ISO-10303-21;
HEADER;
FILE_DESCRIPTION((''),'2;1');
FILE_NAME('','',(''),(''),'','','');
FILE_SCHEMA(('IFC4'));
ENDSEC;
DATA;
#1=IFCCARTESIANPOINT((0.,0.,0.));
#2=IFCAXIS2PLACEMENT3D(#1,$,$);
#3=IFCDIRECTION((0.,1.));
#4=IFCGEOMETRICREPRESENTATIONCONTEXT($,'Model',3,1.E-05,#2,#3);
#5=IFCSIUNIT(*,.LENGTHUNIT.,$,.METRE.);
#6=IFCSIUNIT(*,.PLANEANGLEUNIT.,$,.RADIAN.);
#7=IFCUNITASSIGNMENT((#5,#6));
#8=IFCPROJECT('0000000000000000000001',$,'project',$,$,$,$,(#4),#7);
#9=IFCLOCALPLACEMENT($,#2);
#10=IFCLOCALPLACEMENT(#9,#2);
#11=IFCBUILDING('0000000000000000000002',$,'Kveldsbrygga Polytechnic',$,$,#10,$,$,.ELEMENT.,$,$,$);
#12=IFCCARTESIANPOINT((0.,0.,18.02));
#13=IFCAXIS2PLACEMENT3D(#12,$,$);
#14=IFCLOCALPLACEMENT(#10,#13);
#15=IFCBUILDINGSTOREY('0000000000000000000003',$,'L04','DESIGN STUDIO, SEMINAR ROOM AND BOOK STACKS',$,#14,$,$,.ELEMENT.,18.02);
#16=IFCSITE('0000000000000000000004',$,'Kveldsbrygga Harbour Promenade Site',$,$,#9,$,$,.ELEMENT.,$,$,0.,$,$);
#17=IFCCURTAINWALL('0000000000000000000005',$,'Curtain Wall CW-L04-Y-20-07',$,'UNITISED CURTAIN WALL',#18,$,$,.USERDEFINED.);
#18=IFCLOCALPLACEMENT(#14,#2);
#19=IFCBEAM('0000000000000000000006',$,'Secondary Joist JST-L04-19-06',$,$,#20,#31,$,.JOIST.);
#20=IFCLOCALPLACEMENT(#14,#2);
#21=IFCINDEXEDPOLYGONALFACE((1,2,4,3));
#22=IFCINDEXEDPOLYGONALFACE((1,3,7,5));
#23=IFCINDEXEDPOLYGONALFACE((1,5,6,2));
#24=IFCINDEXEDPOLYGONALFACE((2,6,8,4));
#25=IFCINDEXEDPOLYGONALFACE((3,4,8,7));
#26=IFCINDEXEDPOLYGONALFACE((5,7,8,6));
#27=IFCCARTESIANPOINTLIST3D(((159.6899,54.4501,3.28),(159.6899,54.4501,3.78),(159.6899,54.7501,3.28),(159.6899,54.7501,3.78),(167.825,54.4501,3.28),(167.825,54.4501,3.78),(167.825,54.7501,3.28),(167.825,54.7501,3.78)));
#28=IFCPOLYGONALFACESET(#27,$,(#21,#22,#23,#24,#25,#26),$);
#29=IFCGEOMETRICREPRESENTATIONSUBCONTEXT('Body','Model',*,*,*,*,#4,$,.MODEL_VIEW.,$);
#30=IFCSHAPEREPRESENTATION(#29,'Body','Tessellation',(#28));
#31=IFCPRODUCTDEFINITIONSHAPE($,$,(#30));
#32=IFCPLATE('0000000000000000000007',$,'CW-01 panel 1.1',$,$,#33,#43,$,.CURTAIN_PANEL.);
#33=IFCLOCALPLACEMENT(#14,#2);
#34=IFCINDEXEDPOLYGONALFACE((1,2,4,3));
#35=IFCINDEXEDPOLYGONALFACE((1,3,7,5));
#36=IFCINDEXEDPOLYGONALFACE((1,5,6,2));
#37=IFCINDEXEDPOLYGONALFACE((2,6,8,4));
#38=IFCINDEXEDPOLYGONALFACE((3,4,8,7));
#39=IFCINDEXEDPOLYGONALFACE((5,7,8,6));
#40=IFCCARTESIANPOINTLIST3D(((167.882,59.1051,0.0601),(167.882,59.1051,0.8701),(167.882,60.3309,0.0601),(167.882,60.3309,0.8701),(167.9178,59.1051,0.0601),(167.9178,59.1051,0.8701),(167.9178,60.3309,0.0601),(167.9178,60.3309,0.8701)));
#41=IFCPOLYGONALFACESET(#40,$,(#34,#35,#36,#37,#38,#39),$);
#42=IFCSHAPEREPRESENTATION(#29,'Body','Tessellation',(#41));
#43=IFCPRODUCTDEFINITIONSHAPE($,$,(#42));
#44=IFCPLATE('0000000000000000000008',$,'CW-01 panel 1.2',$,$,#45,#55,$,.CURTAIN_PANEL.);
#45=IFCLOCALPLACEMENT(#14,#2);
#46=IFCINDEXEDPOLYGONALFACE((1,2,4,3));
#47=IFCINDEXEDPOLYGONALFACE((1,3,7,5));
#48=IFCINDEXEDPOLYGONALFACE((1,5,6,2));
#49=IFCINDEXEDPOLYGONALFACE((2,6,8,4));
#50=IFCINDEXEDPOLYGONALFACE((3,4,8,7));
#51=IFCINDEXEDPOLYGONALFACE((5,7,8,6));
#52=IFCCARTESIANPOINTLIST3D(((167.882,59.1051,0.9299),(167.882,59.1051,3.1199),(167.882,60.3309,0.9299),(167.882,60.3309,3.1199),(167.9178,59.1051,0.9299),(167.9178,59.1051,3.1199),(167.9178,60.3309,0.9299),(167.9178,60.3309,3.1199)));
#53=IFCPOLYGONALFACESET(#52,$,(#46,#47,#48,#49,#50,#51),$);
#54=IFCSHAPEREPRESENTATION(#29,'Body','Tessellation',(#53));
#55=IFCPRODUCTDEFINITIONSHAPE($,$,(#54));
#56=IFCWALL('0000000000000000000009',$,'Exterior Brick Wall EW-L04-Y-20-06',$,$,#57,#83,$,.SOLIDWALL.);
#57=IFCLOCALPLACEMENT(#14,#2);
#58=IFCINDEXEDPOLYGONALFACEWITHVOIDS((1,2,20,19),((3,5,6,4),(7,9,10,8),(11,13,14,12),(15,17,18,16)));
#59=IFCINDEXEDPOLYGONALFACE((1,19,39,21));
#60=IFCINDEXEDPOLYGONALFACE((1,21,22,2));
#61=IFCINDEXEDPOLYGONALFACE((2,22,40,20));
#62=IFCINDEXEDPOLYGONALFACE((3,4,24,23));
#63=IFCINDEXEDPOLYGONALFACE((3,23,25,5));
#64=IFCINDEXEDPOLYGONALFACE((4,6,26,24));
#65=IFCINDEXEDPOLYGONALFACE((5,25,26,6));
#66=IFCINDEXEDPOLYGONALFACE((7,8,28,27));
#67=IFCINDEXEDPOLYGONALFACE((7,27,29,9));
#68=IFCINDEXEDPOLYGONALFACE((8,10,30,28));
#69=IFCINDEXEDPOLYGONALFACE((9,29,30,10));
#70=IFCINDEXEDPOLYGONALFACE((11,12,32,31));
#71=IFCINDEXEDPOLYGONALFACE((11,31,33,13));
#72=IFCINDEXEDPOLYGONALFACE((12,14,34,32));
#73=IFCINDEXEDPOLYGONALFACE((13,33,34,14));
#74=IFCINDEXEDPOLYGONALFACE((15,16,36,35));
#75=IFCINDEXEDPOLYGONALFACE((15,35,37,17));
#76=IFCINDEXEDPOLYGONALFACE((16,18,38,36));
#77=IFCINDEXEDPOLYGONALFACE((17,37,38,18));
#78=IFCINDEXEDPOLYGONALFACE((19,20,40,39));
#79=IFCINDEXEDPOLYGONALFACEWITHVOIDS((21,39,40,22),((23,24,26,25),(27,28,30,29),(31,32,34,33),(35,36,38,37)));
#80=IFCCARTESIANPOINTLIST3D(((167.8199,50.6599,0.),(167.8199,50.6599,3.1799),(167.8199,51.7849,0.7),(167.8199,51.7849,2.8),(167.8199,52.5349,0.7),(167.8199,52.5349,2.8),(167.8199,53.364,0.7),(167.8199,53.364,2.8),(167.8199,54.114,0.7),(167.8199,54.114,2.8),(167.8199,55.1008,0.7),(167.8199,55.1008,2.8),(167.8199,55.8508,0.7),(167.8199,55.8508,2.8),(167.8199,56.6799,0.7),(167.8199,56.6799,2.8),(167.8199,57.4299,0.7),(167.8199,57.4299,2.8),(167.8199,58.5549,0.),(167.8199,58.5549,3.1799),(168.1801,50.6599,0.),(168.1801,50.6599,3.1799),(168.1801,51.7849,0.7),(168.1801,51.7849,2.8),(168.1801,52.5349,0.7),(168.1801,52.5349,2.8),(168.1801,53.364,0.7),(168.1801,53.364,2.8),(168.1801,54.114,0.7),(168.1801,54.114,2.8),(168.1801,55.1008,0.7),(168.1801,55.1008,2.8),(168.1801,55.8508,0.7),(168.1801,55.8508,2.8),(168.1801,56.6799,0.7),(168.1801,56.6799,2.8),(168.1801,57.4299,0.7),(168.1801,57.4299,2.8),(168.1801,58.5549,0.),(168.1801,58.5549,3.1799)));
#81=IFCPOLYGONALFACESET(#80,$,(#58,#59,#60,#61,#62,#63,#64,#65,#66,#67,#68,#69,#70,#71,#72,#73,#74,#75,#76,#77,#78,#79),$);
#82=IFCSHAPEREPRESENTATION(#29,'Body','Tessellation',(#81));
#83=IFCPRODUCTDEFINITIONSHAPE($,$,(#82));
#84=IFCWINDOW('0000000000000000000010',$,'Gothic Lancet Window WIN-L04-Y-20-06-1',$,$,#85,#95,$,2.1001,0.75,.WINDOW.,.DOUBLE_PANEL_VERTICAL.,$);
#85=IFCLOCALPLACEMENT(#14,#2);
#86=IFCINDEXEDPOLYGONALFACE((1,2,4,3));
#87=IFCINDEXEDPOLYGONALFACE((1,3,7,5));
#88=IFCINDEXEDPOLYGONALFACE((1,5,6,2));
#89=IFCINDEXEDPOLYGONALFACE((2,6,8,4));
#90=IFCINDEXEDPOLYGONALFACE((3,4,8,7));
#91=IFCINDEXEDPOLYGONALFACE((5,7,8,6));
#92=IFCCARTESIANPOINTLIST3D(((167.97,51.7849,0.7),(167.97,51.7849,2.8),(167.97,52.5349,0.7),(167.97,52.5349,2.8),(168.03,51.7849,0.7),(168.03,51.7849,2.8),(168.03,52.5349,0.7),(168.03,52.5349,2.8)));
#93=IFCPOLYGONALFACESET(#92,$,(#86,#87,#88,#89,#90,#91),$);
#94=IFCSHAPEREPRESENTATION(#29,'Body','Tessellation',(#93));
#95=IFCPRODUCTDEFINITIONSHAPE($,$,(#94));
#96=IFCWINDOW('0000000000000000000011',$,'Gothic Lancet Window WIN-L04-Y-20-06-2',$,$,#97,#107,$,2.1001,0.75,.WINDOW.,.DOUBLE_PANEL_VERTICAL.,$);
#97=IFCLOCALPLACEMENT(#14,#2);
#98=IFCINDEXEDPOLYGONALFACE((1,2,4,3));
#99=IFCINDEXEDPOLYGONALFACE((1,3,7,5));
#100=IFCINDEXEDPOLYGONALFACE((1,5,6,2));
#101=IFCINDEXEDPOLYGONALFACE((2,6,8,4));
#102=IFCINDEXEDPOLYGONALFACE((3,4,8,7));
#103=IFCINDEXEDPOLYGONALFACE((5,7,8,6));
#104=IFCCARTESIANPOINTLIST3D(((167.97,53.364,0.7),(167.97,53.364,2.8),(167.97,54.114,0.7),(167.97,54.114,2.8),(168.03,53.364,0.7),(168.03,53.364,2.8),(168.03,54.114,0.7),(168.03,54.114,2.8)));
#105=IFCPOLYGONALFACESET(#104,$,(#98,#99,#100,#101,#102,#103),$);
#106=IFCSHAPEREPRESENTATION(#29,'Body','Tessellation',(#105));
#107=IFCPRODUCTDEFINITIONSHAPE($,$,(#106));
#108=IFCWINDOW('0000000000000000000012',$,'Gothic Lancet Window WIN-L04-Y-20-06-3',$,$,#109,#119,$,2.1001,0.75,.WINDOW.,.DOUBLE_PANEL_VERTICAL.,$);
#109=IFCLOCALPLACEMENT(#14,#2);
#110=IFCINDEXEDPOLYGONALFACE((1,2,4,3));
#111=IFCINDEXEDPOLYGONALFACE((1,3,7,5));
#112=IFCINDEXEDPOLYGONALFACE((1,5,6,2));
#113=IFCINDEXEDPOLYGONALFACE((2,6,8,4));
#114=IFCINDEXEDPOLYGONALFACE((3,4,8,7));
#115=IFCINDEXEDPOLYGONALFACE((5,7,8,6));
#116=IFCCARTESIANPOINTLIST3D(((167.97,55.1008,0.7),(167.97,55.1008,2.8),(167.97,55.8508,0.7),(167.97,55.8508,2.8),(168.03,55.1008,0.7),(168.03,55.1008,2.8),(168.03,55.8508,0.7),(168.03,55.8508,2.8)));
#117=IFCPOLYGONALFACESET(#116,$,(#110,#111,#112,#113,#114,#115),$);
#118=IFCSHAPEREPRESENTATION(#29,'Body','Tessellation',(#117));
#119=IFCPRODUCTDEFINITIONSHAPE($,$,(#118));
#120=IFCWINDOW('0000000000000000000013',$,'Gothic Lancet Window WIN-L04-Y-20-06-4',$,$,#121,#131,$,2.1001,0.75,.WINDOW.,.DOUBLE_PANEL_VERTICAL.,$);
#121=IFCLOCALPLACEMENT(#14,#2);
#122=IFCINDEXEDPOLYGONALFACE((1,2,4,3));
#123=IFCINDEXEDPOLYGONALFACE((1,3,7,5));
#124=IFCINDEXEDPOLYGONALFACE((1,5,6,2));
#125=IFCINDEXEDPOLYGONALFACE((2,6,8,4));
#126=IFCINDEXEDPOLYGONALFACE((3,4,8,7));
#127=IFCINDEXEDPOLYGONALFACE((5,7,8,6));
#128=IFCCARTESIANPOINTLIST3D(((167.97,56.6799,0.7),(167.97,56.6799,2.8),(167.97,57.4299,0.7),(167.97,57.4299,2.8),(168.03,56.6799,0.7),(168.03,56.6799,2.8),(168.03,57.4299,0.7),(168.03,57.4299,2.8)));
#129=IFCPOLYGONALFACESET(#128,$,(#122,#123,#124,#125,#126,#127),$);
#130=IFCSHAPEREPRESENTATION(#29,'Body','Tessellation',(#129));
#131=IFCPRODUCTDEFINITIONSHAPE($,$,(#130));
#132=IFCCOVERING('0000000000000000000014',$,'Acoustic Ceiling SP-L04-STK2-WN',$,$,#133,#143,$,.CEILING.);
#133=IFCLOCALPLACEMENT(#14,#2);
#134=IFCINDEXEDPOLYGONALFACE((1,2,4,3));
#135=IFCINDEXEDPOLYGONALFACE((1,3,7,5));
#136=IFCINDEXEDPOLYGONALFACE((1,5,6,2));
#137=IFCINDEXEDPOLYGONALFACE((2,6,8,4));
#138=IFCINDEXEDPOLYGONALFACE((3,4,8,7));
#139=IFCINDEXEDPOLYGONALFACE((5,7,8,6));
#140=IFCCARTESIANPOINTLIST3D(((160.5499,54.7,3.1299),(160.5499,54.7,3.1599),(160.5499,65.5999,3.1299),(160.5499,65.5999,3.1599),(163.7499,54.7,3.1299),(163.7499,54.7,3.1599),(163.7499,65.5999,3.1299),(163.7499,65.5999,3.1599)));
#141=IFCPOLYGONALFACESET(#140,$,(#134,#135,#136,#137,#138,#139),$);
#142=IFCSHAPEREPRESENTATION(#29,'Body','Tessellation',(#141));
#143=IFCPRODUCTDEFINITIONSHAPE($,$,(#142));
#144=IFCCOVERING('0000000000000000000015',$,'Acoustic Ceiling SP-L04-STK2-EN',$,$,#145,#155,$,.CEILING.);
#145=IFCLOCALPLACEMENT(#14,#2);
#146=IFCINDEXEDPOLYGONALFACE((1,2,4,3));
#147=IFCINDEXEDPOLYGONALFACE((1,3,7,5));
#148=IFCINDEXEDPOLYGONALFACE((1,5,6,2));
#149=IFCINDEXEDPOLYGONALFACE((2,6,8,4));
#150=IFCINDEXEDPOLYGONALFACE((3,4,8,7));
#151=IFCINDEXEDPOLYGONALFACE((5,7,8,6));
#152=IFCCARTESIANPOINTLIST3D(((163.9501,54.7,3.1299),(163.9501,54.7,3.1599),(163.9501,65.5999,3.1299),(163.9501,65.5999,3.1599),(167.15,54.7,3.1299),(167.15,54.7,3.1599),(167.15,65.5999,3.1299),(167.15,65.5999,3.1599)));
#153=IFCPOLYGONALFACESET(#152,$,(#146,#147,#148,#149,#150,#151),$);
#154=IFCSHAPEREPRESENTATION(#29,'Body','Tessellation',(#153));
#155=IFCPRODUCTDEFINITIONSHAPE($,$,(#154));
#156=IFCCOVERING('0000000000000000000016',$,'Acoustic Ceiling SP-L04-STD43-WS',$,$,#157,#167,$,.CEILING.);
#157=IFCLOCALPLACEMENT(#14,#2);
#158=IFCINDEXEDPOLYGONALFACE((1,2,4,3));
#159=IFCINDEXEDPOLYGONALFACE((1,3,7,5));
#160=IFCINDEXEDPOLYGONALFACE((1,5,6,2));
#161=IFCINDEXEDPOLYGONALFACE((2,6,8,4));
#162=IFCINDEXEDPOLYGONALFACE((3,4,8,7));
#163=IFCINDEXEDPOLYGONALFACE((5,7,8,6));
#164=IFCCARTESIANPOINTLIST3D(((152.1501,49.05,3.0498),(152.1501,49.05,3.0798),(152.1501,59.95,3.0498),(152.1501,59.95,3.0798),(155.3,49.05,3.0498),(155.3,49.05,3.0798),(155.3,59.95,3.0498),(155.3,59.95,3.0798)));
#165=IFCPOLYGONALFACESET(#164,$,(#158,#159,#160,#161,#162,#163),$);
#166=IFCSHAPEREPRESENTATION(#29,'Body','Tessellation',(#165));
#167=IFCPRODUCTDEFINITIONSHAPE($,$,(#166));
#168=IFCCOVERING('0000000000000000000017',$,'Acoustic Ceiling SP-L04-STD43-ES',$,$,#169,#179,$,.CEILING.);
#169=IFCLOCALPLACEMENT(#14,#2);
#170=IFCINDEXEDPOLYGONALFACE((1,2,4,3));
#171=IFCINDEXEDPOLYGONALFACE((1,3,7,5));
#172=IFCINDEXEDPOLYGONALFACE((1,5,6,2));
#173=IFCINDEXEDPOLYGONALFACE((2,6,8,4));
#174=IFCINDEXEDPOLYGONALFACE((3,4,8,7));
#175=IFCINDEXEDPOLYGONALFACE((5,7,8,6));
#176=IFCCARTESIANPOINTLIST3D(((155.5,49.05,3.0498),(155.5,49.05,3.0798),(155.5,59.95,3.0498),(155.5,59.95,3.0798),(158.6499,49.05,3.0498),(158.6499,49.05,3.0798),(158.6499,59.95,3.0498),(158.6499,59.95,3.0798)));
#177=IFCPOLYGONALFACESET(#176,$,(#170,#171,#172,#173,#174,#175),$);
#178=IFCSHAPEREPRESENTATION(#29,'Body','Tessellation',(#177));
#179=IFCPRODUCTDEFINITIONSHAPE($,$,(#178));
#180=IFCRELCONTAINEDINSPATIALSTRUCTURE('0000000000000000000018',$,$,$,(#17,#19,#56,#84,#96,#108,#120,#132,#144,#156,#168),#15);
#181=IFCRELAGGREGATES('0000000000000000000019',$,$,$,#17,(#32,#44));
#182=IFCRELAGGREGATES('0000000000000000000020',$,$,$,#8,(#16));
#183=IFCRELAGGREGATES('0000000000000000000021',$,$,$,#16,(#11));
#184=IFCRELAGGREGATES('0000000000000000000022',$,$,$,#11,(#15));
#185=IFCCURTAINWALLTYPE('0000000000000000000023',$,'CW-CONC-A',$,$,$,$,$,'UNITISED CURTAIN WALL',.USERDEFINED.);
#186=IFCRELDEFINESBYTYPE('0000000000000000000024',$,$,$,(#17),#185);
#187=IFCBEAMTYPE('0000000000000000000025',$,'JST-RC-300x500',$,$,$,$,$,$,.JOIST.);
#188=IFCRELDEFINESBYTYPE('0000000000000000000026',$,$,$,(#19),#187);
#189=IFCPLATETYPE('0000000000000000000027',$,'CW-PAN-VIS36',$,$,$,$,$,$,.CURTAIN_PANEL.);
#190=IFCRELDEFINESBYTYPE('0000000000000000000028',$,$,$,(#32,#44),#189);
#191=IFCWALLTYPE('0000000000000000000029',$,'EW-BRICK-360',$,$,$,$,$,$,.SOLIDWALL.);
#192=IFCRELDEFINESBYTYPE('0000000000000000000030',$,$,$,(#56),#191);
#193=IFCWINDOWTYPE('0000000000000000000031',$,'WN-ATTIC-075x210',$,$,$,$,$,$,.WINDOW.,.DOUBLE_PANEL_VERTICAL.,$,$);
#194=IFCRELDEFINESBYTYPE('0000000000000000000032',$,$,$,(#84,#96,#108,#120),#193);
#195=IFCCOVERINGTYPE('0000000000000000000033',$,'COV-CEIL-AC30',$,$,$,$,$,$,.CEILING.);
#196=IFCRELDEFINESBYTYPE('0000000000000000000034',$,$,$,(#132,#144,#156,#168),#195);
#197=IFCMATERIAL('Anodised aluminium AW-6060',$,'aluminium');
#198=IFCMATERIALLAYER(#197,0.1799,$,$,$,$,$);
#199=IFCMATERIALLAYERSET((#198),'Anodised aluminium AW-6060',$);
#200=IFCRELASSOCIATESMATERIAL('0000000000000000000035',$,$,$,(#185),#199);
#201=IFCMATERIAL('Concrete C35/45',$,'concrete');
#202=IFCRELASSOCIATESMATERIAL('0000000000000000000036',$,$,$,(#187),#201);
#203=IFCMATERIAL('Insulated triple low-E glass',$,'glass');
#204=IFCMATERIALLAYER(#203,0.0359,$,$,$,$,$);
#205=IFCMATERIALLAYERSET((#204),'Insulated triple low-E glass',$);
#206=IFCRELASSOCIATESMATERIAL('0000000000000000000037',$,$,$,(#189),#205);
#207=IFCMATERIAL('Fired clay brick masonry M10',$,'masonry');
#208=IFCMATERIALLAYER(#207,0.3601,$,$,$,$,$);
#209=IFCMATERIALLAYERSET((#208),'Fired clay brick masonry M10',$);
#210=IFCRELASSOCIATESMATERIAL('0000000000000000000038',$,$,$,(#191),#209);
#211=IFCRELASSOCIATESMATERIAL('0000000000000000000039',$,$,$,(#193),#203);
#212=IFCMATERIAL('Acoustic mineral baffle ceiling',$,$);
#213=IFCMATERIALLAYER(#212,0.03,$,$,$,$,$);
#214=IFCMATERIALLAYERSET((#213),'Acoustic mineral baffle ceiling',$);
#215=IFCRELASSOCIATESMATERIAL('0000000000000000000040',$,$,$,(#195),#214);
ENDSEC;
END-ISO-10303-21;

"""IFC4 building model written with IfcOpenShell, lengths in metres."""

from ifc_helpers import new_model, si_unit, direction, frame, frame_2d, origin, origin_2d, place, context, subcontext, project, spatial, rectangle, extrude, material, layer, layer_set, material_profile, profile_set, type_object, element, fill, aggregate, save


model = new_model("IFC4")

# Units and contexts
model_context = context("Model", 3, precision=1e-05, world=origin(), true_north=direction((0.0, 1.0)))
body_context = subcontext(model_context, "Body", "Model", "MODEL_VIEW")
ifc_project = project(units=[si_unit("LENGTHUNIT", "METRE"), si_unit("PLANEANGLEUNIT", "RADIAN")], contexts=[model_context])

# Site, building, storey
site_placement = place(None, origin())
site = spatial("IfcSite", under=ifc_project, at=site_placement, Name="Kveldsbrygga Harbour Promenade Site", CompositionType="ELEMENT", RefElevation=0.0)
building_placement = place(site_placement, origin())
building = spatial("IfcBuilding", under=site, at=building_placement, Name="Kveldsbrygga Polytechnic", CompositionType="ELEMENT")
storey_placement = place(building_placement, frame((0.0, 0.0, 18.02)))
storey = spatial("IfcBuildingStorey", under=building, at=storey_placement, Name="L04", Description="DESIGN STUDIO, SEMINAR ROOM AND BOOK STACKS", CompositionType="ELEMENT", Elevation=18.02)

# Shared definitions
ifc_material_1 = material(Name="Concrete C35/45", Category="concrete")

# Curtain wall
ifc_material_2 = material(Name="Anodised aluminium AW-6060", Category="aluminium")
ifc_layer_1 = layer(ifc_material_2, 0.1799)
ifc_layer_set_1 = layer_set([ifc_layer_1], Name="Anodised aluminium AW-6060")
curtain_wall_type = type_object("IfcCurtainWallType", Name="CW-CONC-A", ElementType="UNITISED CURTAIN WALL", PredefinedType="USERDEFINED", material=ifc_layer_set_1)
curtain_wall_placement = place(storey_placement, origin())
curtain_wall = element("IfcCurtainWall", 1, at=curtain_wall_placement, inside=storey, type_object=curtain_wall_type, Name="Curtain Wall CW-L04-Y-20-07", ObjectType="UNITISED CURTAIN WALL", PredefinedType="USERDEFINED")

# Beam
ifc_material_profile_1 = material_profile(ifc_material_1, rectangle(XDim=0.3, YDim=0.5, at=origin_2d()), Name="RC 300x500")
ifc_profile_set_1 = profile_set([ifc_material_profile_1], Name="Concrete C35/45")
beam_type_1 = type_object("IfcBeamType", Name="JST-RC-300x500", PredefinedType="JOIST", material=ifc_profile_set_1)
beam_1_placement = place(storey_placement, frame((159.6899, 54.6001, 3.53), z_axis=(1.0, 0.0, 0.0), x_axis=(0.0, 1.0, 0.0)))
element("IfcBeam", 2, at=beam_1_placement, inside=storey, type_object=beam_type_1, Name="Secondary Joist JST-L04-19-06", PredefinedType="JOIST", context=body_context, shape_type="SweptSolid", body=[
    extrude(rectangle(XDim=0.3, YDim=0.5, at=origin_2d()), origin(), (0.0, 0.0, 1.0), 8.135),
])

# Plates
ifc_material_3 = material(Name="Insulated triple low-E glass", Category="glass")
ifc_layer_2 = layer(ifc_material_3, 0.0359)
ifc_layer_set_2 = layer_set([ifc_layer_2], Name="Insulated triple low-E glass")
plate_type = type_object("IfcPlateType", Name="CW-PAN-VIS36", PredefinedType="CURTAIN_PANEL", material=ifc_layer_set_2)
plate_1_placement = place(storey_placement, frame((167.8999, 59.718, 0.0601), z_axis=(0.0, 0.0, 1.0), x_axis=(0.0, 1.0, 0.0)))
plate_1 = element("IfcPlate", 3, at=plate_1_placement, type_object=plate_type, Name="CW-01 panel 1.1", PredefinedType="CURTAIN_PANEL", context=body_context, shape_type="SweptSolid", body=[
    extrude(rectangle(XDim=1.2258, YDim=0.0359, at=origin_2d()), origin(), (0.0, 0.0, 1.0), 0.8101),
])
plate_2_placement = place(storey_placement, frame((167.8999, 59.718, 0.9299), z_axis=(0.0, 0.0, 1.0), x_axis=(0.0, 1.0, 0.0)))
plate_2 = element("IfcPlate", 4, at=plate_2_placement, type_object=plate_type, Name="CW-01 panel 1.2", PredefinedType="CURTAIN_PANEL", context=body_context, shape_type="SweptSolid", body=[
    extrude(rectangle(XDim=1.2258, YDim=0.0359, at=origin_2d()), origin(), (0.0, 0.0, 1.0), 2.1899),
])
aggregate(curtain_wall, [plate_1, plate_2])

# Wall, openings, windows
ifc_material_4 = material(Name="Fired clay brick masonry M10", Category="masonry")
ifc_layer_3 = layer(ifc_material_4, 0.3601)
ifc_layer_set_3 = layer_set([ifc_layer_3], Name="Fired clay brick masonry M10")
wall_type = type_object("IfcWallType", Name="EW-BRICK-360", PredefinedType="SOLIDWALL", material=ifc_layer_set_3)
wall_placement = place(storey_placement, frame((168.0, 50.6599, 0.0), z_axis=(0.0, 0.0, 1.0), x_axis=(0.0, 1.0, 0.0)))
wall = element("IfcWall", 5, at=wall_placement, inside=storey, type_object=wall_type, Name="Exterior Brick Wall EW-L04-Y-20-06", PredefinedType="SOLIDWALL", context=body_context, shape_type="SweptSolid", body=[
    extrude(rectangle(XDim=7.895, YDim=0.3601, at=frame_2d((3.9475, 0.0))), origin(), (0.0, 0.0, 1.0), 3.1799),
])
opening_1_placement = place(wall_placement, frame((1.125, 0.0, 0.7)))
opening_1 = element("IfcOpeningElement", 6, at=opening_1_placement, cuts=wall, PredefinedType="OPENING", context=body_context, shape_type="SweptSolid", body=[
    extrude(rectangle(XDim=0.75, YDim=2.1001, at=frame_2d((0.375, 1.05))), frame((0.0, 0.1899, 0.0), z_axis=(0.0, -1.0, 0.0), x_axis=(1.0, 0.0, 0.0)), (0.0, 0.0, 1.0), 0.3801),
])
opening_2_placement = place(wall_placement, frame((2.7041, 0.0, 0.7)))
opening_2 = element("IfcOpeningElement", 7, at=opening_2_placement, cuts=wall, PredefinedType="OPENING", context=body_context, shape_type="SweptSolid", body=[
    extrude(rectangle(XDim=0.75, YDim=2.1001, at=frame_2d((0.375, 1.05))), frame((0.0, 0.1899, 0.0), z_axis=(0.0, -1.0, 0.0), x_axis=(1.0, 0.0, 0.0)), (0.0, 0.0, 1.0), 0.3801),
])
opening_3_placement = place(wall_placement, frame((4.4409, 0.0, 0.7)))
opening_3 = element("IfcOpeningElement", 8, at=opening_3_placement, cuts=wall, PredefinedType="OPENING", context=body_context, shape_type="SweptSolid", body=[
    extrude(rectangle(XDim=0.75, YDim=2.1001, at=frame_2d((0.375, 1.05))), frame((0.0, 0.1899, 0.0), z_axis=(0.0, -1.0, 0.0), x_axis=(1.0, 0.0, 0.0)), (0.0, 0.0, 1.0), 0.3801),
])
opening_4_placement = place(wall_placement, frame((6.02, 0.0, 0.7)))
opening_4 = element("IfcOpeningElement", 9, at=opening_4_placement, cuts=wall, PredefinedType="OPENING", context=body_context, shape_type="SweptSolid", body=[
    extrude(rectangle(XDim=0.75, YDim=2.1001, at=frame_2d((0.375, 1.05))), frame((0.0, 0.1899, 0.0), z_axis=(0.0, -1.0, 0.0), x_axis=(1.0, 0.0, 0.0)), (0.0, 0.0, 1.0), 0.3801),
])
window_type = type_object("IfcWindowType", Name="WN-ATTIC-075x210", PartitioningType="DOUBLE_PANEL_VERTICAL", PredefinedType="WINDOW", material=ifc_material_3)
window_1_placement = place(opening_1_placement, origin())
window_1 = element("IfcWindow", 10, at=window_1_placement, inside=storey, type_object=window_type, Name="Gothic Lancet Window WIN-L04-Y-20-06-1", OverallHeight=2.1001, OverallWidth=0.75, PartitioningType="DOUBLE_PANEL_VERTICAL", PredefinedType="WINDOW", context=body_context, shape_type="SweptSolid", body=[
    extrude(rectangle(XDim=0.75, YDim=2.1001, at=frame_2d((0.375, 1.05))), frame((0.0, 0.03, 0.0), z_axis=(0.0, -1.0, 0.0), x_axis=(1.0, 0.0, 0.0)), (0.0, 0.0, 1.0), 0.0601),
])
fill(opening_1, window_1)
window_2_placement = place(opening_2_placement, origin())
window_2 = element("IfcWindow", 11, at=window_2_placement, inside=storey, type_object=window_type, Name="Gothic Lancet Window WIN-L04-Y-20-06-2", OverallHeight=2.1001, OverallWidth=0.75, PartitioningType="DOUBLE_PANEL_VERTICAL", PredefinedType="WINDOW", context=body_context, shape_type="SweptSolid", body=[
    extrude(rectangle(XDim=0.75, YDim=2.1001, at=frame_2d((0.375, 1.05))), frame((0.0, 0.03, 0.0), z_axis=(0.0, -1.0, 0.0), x_axis=(1.0, 0.0, 0.0)), (0.0, 0.0, 1.0), 0.0601),
])
fill(opening_2, window_2)
window_3_placement = place(opening_3_placement, origin())
window_3 = element("IfcWindow", 12, at=window_3_placement, inside=storey, type_object=window_type, Name="Gothic Lancet Window WIN-L04-Y-20-06-3", OverallHeight=2.1001, OverallWidth=0.75, PartitioningType="DOUBLE_PANEL_VERTICAL", PredefinedType="WINDOW", context=body_context, shape_type="SweptSolid", body=[
    extrude(rectangle(XDim=0.75, YDim=2.1001, at=frame_2d((0.375, 1.05))), frame((0.0, 0.03, 0.0), z_axis=(0.0, -1.0, 0.0), x_axis=(1.0, 0.0, 0.0)), (0.0, 0.0, 1.0), 0.0601),
])
fill(opening_3, window_3)
window_4_placement = place(opening_4_placement, origin())
window_4 = element("IfcWindow", 13, at=window_4_placement, inside=storey, type_object=window_type, Name="Gothic Lancet Window WIN-L04-Y-20-06-4", OverallHeight=2.1001, OverallWidth=0.75, PartitioningType="DOUBLE_PANEL_VERTICAL", PredefinedType="WINDOW", context=body_context, shape_type="SweptSolid", body=[
    extrude(rectangle(XDim=0.75, YDim=2.1001, at=frame_2d((0.375, 1.05))), frame((0.0, 0.03, 0.0), z_axis=(0.0, -1.0, 0.0), x_axis=(1.0, 0.0, 0.0)), (0.0, 0.0, 1.0), 0.0601),
])
fill(opening_4, window_4)

# Coverings
ifc_material_5 = material(Name="Acoustic mineral baffle ceiling")
ifc_layer_4 = layer(ifc_material_5, 0.03)
ifc_layer_set_4 = layer_set([ifc_layer_4], Name="Acoustic mineral baffle ceiling")
covering_type_1 = type_object("IfcCoveringType", Name="COV-CEIL-AC30", PredefinedType="CEILING", material=ifc_layer_set_4)
for number, where, z_axis, x_axis, name in (
    (14, (162.1499, 60.1499, 3.1299), (0.0, 0.0, 1.0), (1.0, 0.0, 0.0), "Acoustic Ceiling SP-L04-STK2-WN"),
    (15, (165.55, 60.1499, 3.1299), (0.0, 0.0, 1.0), (1.0, 0.0, 0.0), "Acoustic Ceiling SP-L04-STK2-EN"),
):
    element("IfcCovering", number, at=place(storey_placement, frame(where, z_axis=z_axis, x_axis=x_axis)), inside=storey, type_object=covering_type_1, Name=name, PredefinedType="CEILING", context=body_context, shape_type="SweptSolid", body=[
        extrude(rectangle(XDim=3.2, YDim=10.8999, at=origin_2d()), origin(), (0.0, 0.0, 1.0), 0.03),
    ])
for number, where, z_axis, x_axis, name in (
    (16, (153.7251, 54.5, 3.0498), (0.0, 0.0, 1.0), (1.0, 0.0, 0.0), "Acoustic Ceiling SP-L04-STD43-WS"),
    (17, (157.075, 54.5, 3.0498), (0.0, 0.0, 1.0), (1.0, 0.0, 0.0), "Acoustic Ceiling SP-L04-STD43-ES"),
):
    element("IfcCovering", number, at=place(storey_placement, frame(where, z_axis=z_axis, x_axis=x_axis)), inside=storey, type_object=covering_type_1, Name=name, PredefinedType="CEILING", context=body_context, shape_type="SweptSolid", body=[
        extrude(rectangle(XDim=3.1499, YDim=10.8999, at=origin_2d()), origin(), (0.0, 0.0, 1.0), 0.03),
    ])

save(model, "model.ifc")
